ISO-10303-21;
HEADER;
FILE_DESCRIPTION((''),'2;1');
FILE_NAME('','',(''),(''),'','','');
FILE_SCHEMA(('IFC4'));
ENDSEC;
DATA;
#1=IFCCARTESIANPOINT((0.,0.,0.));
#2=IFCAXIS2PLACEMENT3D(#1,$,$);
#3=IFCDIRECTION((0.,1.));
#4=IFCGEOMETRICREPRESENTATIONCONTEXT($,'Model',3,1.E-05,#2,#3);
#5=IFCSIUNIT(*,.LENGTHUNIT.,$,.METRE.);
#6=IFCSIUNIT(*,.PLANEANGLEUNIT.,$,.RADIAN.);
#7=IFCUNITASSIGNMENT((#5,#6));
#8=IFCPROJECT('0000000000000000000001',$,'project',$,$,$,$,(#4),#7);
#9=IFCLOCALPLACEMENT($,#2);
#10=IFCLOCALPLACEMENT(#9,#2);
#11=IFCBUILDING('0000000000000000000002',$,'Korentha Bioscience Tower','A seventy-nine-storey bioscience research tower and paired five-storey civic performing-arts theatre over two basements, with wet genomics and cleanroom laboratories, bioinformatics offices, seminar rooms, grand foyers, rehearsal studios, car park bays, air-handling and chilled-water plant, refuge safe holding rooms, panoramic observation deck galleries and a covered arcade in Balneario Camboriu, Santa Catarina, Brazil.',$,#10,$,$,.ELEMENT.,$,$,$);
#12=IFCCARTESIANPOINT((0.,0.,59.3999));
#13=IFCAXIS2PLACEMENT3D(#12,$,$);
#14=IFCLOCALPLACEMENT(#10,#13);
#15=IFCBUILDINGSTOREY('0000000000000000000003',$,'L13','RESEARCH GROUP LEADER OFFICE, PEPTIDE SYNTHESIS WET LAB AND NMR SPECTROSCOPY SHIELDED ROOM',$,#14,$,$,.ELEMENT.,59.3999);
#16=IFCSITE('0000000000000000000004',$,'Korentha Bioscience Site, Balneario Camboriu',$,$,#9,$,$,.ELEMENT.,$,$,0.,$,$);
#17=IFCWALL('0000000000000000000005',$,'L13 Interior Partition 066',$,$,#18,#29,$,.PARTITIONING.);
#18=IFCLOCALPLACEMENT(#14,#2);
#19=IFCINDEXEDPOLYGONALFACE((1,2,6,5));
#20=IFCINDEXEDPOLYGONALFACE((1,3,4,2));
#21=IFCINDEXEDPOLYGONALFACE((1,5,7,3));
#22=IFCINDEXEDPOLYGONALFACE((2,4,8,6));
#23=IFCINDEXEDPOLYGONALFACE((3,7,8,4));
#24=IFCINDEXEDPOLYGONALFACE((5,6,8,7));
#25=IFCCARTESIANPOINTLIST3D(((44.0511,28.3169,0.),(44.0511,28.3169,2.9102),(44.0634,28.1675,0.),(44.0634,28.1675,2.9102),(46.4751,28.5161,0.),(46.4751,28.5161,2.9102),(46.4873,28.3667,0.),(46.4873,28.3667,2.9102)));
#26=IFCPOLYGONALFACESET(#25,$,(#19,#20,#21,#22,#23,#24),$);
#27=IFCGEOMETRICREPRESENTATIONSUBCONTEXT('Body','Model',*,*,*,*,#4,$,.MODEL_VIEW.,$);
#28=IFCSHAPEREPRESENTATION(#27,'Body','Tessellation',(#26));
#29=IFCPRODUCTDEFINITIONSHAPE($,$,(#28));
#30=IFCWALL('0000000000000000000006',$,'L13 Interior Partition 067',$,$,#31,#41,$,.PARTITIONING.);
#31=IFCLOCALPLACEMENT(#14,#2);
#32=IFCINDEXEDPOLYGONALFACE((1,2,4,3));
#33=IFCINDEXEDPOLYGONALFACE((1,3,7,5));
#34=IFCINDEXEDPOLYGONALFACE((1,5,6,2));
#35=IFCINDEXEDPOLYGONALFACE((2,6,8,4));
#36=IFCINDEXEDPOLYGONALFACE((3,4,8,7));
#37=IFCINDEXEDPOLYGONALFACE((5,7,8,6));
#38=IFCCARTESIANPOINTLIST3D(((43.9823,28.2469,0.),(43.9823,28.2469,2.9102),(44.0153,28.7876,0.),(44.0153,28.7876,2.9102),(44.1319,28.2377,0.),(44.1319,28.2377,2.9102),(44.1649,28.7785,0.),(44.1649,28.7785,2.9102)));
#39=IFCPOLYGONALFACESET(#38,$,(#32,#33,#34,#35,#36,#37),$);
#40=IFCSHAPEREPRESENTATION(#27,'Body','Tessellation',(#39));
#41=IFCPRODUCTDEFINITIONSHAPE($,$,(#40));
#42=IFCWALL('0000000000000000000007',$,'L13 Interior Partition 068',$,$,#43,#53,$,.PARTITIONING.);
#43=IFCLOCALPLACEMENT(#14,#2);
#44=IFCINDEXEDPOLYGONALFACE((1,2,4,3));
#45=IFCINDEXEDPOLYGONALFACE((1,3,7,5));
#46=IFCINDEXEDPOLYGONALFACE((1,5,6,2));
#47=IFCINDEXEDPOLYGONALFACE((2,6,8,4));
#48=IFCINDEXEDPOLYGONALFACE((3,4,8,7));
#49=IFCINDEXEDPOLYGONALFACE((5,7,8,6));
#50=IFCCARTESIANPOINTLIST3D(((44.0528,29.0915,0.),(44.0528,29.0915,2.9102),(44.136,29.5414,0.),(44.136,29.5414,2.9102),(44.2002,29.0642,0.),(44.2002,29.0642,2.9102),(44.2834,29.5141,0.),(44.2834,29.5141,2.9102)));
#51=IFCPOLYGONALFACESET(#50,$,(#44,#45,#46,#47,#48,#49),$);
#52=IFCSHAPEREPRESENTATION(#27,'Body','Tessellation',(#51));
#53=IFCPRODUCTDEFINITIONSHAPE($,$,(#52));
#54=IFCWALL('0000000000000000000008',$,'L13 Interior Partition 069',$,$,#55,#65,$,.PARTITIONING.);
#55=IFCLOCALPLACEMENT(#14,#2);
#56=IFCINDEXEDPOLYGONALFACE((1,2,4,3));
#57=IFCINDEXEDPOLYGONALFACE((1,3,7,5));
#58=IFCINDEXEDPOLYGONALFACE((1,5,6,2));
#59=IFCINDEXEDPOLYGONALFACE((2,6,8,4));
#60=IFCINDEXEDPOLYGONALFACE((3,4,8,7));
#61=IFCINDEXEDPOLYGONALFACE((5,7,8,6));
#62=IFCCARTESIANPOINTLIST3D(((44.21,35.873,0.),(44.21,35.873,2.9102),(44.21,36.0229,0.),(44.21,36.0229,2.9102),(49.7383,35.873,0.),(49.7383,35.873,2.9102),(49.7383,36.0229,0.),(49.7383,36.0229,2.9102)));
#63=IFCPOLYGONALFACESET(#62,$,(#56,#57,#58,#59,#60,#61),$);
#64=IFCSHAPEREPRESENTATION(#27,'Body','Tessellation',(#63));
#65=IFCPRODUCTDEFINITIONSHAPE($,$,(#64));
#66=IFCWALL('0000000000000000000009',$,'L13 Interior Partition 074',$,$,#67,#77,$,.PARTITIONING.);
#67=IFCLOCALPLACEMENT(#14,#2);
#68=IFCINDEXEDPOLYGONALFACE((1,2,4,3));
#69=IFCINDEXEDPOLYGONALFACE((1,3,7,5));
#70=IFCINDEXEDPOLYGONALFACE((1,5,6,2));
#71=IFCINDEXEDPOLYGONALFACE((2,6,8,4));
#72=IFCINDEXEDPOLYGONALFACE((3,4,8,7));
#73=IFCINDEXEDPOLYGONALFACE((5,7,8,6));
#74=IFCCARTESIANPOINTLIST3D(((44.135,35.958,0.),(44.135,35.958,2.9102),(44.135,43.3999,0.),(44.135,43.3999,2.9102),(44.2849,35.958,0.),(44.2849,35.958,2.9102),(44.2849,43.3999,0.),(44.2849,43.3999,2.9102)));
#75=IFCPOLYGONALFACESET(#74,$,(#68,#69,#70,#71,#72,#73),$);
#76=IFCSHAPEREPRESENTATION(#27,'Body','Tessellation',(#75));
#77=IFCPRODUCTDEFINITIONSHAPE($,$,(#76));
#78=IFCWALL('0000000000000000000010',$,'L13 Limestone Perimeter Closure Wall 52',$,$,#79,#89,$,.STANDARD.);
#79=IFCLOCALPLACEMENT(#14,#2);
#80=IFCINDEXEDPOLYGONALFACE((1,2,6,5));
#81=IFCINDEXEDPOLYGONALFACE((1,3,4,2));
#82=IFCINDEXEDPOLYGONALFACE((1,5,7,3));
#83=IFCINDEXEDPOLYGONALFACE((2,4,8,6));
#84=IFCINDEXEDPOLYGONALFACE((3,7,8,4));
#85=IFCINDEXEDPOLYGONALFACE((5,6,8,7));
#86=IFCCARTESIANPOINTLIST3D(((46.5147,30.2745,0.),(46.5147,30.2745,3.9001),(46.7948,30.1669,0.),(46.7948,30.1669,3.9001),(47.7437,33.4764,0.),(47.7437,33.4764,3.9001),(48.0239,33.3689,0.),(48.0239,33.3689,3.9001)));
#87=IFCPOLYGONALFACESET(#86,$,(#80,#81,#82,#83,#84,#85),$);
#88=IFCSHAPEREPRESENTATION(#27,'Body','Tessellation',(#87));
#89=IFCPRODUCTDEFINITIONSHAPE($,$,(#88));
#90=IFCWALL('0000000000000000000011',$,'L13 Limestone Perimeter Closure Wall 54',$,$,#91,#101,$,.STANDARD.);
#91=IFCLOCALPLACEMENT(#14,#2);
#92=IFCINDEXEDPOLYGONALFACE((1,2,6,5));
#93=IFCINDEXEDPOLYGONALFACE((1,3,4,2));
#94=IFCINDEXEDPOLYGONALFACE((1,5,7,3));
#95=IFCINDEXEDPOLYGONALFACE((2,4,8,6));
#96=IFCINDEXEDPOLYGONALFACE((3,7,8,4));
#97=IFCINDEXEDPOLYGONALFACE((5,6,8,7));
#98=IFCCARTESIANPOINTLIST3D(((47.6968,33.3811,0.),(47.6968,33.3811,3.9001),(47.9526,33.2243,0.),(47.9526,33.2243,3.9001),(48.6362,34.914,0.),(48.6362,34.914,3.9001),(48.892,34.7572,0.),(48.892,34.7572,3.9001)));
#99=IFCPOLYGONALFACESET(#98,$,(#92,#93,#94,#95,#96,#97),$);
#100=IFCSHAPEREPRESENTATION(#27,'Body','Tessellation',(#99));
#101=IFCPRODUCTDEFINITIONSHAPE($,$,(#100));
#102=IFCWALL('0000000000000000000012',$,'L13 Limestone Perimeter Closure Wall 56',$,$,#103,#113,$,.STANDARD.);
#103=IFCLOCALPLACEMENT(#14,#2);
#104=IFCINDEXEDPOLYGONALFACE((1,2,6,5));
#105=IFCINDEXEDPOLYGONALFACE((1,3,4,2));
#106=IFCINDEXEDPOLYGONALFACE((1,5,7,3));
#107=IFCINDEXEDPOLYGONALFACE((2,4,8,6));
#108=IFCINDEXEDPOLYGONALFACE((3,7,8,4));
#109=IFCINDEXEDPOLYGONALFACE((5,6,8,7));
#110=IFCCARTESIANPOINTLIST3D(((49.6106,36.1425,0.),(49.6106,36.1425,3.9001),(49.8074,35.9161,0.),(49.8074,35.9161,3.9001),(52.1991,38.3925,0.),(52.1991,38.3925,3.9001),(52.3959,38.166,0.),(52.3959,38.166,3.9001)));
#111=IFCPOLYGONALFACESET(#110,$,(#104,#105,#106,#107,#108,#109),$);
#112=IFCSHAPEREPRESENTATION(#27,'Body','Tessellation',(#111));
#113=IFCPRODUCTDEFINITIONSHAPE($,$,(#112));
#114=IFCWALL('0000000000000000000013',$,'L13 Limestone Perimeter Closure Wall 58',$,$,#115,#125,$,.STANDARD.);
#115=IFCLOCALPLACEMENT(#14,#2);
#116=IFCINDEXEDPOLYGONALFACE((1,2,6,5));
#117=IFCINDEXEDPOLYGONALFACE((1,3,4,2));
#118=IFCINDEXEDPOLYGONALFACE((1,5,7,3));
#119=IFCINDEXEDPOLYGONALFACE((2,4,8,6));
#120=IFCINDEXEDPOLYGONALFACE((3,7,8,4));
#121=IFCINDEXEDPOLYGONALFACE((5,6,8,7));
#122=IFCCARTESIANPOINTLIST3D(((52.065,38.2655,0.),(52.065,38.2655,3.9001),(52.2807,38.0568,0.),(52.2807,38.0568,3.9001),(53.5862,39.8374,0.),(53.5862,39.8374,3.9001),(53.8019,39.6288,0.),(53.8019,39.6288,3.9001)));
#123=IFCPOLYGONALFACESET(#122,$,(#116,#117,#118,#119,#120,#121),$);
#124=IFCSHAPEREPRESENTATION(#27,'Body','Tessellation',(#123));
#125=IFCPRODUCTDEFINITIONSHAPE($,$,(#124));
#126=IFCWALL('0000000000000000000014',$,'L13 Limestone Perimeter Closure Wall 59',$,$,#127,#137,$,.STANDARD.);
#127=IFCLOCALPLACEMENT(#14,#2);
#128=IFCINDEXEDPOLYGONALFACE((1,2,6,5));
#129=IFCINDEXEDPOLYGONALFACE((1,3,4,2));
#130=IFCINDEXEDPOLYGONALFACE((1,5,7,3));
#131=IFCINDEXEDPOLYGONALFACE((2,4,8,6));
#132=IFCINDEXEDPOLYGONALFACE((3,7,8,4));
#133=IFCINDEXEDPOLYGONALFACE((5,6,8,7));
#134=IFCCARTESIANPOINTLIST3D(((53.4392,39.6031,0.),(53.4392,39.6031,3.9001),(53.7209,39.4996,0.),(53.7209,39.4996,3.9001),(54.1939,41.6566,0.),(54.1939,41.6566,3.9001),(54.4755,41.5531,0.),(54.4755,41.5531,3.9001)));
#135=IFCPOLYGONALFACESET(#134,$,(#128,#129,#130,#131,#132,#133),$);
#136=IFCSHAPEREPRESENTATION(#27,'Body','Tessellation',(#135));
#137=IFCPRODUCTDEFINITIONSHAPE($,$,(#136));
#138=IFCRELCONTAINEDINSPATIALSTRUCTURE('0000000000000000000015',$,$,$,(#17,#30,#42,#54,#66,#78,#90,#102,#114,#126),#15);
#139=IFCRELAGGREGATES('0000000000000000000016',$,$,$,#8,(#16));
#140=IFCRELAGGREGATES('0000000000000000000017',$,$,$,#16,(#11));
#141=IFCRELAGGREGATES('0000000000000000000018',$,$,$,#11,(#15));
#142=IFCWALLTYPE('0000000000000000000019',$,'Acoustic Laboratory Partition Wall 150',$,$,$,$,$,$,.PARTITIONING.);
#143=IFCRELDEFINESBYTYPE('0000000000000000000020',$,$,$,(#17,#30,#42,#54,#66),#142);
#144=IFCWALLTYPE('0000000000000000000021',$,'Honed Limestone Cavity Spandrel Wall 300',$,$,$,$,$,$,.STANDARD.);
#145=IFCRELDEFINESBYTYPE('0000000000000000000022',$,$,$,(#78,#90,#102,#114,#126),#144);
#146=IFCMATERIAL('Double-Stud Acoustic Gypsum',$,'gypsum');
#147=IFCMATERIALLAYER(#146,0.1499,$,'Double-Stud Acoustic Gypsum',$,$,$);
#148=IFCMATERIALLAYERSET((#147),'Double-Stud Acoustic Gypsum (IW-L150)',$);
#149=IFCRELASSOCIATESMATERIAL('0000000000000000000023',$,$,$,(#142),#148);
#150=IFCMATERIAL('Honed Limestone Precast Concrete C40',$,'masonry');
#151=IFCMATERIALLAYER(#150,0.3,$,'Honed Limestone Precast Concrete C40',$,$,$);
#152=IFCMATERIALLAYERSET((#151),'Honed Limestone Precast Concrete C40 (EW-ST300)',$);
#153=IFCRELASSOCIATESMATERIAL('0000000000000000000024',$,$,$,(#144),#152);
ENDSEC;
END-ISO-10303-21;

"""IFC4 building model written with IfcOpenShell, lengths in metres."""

from ifc_helpers import new_model, si_unit, direction, frame, frame_2d, origin, place, context, subcontext, project, spatial, rectangle, extrude, material, layer, layer_set, type_object, element, save


model = new_model("IFC4")

# Units and contexts
model_context = context("Model", 3, precision=1e-05, world=origin(), true_north=direction((0.0, 1.0)))
body_context = subcontext(model_context, "Body", "Model", "MODEL_VIEW")
ifc_project = project(units=[si_unit("LENGTHUNIT", "METRE"), si_unit("PLANEANGLEUNIT", "RADIAN")], contexts=[model_context])

# Site, building, storey
site_placement = place(None, origin())
site = spatial("IfcSite", under=ifc_project, at=site_placement, Name="Korentha Bioscience Site, Balneario Camboriu", CompositionType="ELEMENT", RefElevation=0.0)
building_placement = place(site_placement, origin())
building = spatial("IfcBuilding", under=site, at=building_placement, Name="Korentha Bioscience Tower", Description="A seventy-nine-storey bioscience research tower and paired five-storey civic performing-arts theatre over two basements, with wet genomics and cleanroom laboratories, bioinformatics offices, seminar rooms, grand foyers, rehearsal studios, car park bays, air-handling and chilled-water plant, refuge safe holding rooms, panoramic observation deck galleries and a covered arcade in Balneario Camboriu, Santa Catarina, Brazil.", CompositionType="ELEMENT")
storey_placement = place(building_placement, frame((0.0, 0.0, 59.3999)))
storey = spatial("IfcBuildingStorey", under=building, at=storey_placement, Name="L13", Description="RESEARCH GROUP LEADER OFFICE, PEPTIDE SYNTHESIS WET LAB AND NMR SPECTROSCOPY SHIELDED ROOM", CompositionType="ELEMENT", Elevation=59.3999)

# Shared definitions
ifc_material_1 = material(Name="Double-Stud Acoustic Gypsum", Category="gypsum")
ifc_layer_1 = layer(ifc_material_1, 0.1499, Name="Double-Stud Acoustic Gypsum")
ifc_layer_set_1 = layer_set([ifc_layer_1], Name="Double-Stud Acoustic Gypsum (IW-L150)")
wall_type_1 = type_object("IfcWallType", Name="Acoustic Laboratory Partition Wall 150", PredefinedType="PARTITIONING", material=ifc_layer_set_1)

# Walls
wall_1_placement = place(storey_placement, frame((46.4812, 28.4414, 0.0), z_axis=(0.0, 0.0, 1.0), x_axis=(-0.99664, -0.081907, 0.0)))
element("IfcWall", 1, at=wall_1_placement, inside=storey, type_object=wall_type_1, Name="L13 Interior Partition 066", PredefinedType="PARTITIONING", context=body_context, shape_type="SweptSolid", body=[
    extrude(rectangle(XDim=2.4321, YDim=0.1499, at=frame_2d((1.2161, 0.0))), origin(), (0.0, 0.0, 1.0), 2.9102),
])
wall_2_placement = place(storey_placement, frame((44.0571, 28.2422, 0.0), z_axis=(0.0, 0.0, 1.0), x_axis=(0.060835, 0.998148, 0.0)))
element("IfcWall", 2, at=wall_2_placement, inside=storey, type_object=wall_type_1, Name="L13 Interior Partition 067", PredefinedType="PARTITIONING", context=body_context, shape_type="SweptSolid", body=[
    extrude(rectangle(XDim=0.5417, YDim=0.1499, at=frame_2d((0.271, 0.0))), origin(), (0.0, 0.0, 1.0), 2.9102),
])
wall_3_placement = place(storey_placement, frame((44.1265, 29.0779, 0.0), z_axis=(0.0, 0.0, 1.0), x_axis=(0.181936, 0.98331, 0.0)))
element("IfcWall", 3, at=wall_3_placement, inside=storey, type_object=wall_type_1, Name="L13 Interior Partition 068", PredefinedType="PARTITIONING", context=body_context, shape_type="SweptSolid", body=[
    extrude(rectangle(XDim=0.4575, YDim=0.1499, at=frame_2d((0.2288, 0.0))), origin(), (0.0, 0.0, 1.0), 2.9102),
])
wall_4_placement = place(storey_placement, frame((44.21, 35.948, 0.0), z_axis=(0.0, 0.0, 1.0), x_axis=(1.0, 0.0, 0.0)))
element("IfcWall", 4, at=wall_4_placement, inside=storey, type_object=wall_type_1, Name="L13 Interior Partition 069", PredefinedType="PARTITIONING", context=body_context, shape_type="SweptSolid", body=[
    extrude(rectangle(XDim=5.5283, YDim=0.1499, at=frame_2d((2.7642, 0.0))), origin(), (0.0, 0.0, 1.0), 2.9102),
])
wall_5_placement = place(storey_placement, frame((44.21, 35.958, 0.0), z_axis=(0.0, 0.0, 1.0), x_axis=(0.0, 1.0, 0.0)))
element("IfcWall", 5, at=wall_5_placement, inside=storey, type_object=wall_type_1, Name="L13 Interior Partition 074", PredefinedType="PARTITIONING", context=body_context, shape_type="SweptSolid", body=[
    extrude(rectangle(XDim=7.4419, YDim=0.1499, at=frame_2d((3.7209, 0.0))), origin(), (0.0, 0.0, 1.0), 2.9102),
])
ifc_material_2 = material(Name="Honed Limestone Precast Concrete C40", Category="masonry")
ifc_layer_2 = layer(ifc_material_2, 0.3, Name="Honed Limestone Precast Concrete C40")
ifc_layer_set_2 = layer_set([ifc_layer_2], Name="Honed Limestone Precast Concrete C40 (EW-ST300)")
wall_type_2 = type_object("IfcWallType", Name="Honed Limestone Cavity Spandrel Wall 300", PredefinedType="STANDARD", material=ifc_layer_set_2)
wall_6_placement = place(storey_placement, frame((46.6548, 30.2207, 0.0), z_axis=(0.0, 0.0, 1.0), x_axis=(0.358345, 0.933589, 0.0)))
element("IfcWall", 6, at=wall_6_placement, inside=storey, type_object=wall_type_2, Name="L13 Limestone Perimeter Closure Wall 52", PredefinedType="STANDARD", context=body_context, shape_type="SweptSolid", body=[
    extrude(rectangle(XDim=3.4297, YDim=0.3, at=frame_2d((1.7148, 0.0))), origin(), (0.0, 0.0, 1.0), 3.9001),
])
wall_7_placement = place(storey_placement, frame((47.8247, 33.3027, 0.0), z_axis=(0.0, 0.0, 1.0), x_axis=(0.522521, 0.852627, 0.0)))
element("IfcWall", 7, at=wall_7_placement, inside=storey, type_object=wall_type_2, Name="L13 Limestone Perimeter Closure Wall 54", PredefinedType="STANDARD", context=body_context, shape_type="SweptSolid", body=[
    extrude(rectangle(XDim=1.7979, YDim=0.3, at=frame_2d((0.8989, 0.0))), origin(), (0.0, 0.0, 1.0), 3.9001),
])
wall_8_placement = place(storey_placement, frame((49.709, 36.0293, 0.0), z_axis=(0.0, 0.0, 1.0), x_axis=(0.754746, 0.656017, 0.0)))
element("IfcWall", 8, at=wall_8_placement, inside=storey, type_object=wall_type_2, Name="L13 Limestone Perimeter Closure Wall 56", PredefinedType="STANDARD", context=body_context, shape_type="SweptSolid", body=[
    extrude(rectangle(XDim=3.4297, YDim=0.3, at=frame_2d((1.7148, 0.0))), origin(), (0.0, 0.0, 1.0), 3.9001),
])
wall_9_placement = place(storey_placement, frame((52.1729, 38.1611, 0.0), z_axis=(0.0, 0.0, 1.0), x_axis=(0.695405, 0.718618, 0.0)))
element("IfcWall", 9, at=wall_9_placement, inside=storey, type_object=wall_type_2, Name="L13 Limestone Perimeter Closure Wall 58", PredefinedType="STANDARD", context=body_context, shape_type="SweptSolid", body=[
    extrude(rectangle(XDim=2.1875, YDim=0.3, at=frame_2d((1.0938, 0.0))), origin(), (0.0, 0.0, 1.0), 3.9001),
])
wall_10_placement = place(storey_placement, frame((53.5801, 39.5515, 0.0), z_axis=(0.0, 0.0, 1.0), x_axis=(0.34494, 0.938625, 0.0)))
element("IfcWall", 10, at=wall_10_placement, inside=storey, type_object=wall_type_2, Name="L13 Limestone Perimeter Closure Wall 59", PredefinedType="STANDARD", context=body_context, shape_type="SweptSolid", body=[
    extrude(rectangle(XDim=2.1877, YDim=0.3, at=frame_2d((1.0938, 0.0))), origin(), (0.0, 0.0, 1.0), 3.9001),
])

save(model, "model.ifc")
